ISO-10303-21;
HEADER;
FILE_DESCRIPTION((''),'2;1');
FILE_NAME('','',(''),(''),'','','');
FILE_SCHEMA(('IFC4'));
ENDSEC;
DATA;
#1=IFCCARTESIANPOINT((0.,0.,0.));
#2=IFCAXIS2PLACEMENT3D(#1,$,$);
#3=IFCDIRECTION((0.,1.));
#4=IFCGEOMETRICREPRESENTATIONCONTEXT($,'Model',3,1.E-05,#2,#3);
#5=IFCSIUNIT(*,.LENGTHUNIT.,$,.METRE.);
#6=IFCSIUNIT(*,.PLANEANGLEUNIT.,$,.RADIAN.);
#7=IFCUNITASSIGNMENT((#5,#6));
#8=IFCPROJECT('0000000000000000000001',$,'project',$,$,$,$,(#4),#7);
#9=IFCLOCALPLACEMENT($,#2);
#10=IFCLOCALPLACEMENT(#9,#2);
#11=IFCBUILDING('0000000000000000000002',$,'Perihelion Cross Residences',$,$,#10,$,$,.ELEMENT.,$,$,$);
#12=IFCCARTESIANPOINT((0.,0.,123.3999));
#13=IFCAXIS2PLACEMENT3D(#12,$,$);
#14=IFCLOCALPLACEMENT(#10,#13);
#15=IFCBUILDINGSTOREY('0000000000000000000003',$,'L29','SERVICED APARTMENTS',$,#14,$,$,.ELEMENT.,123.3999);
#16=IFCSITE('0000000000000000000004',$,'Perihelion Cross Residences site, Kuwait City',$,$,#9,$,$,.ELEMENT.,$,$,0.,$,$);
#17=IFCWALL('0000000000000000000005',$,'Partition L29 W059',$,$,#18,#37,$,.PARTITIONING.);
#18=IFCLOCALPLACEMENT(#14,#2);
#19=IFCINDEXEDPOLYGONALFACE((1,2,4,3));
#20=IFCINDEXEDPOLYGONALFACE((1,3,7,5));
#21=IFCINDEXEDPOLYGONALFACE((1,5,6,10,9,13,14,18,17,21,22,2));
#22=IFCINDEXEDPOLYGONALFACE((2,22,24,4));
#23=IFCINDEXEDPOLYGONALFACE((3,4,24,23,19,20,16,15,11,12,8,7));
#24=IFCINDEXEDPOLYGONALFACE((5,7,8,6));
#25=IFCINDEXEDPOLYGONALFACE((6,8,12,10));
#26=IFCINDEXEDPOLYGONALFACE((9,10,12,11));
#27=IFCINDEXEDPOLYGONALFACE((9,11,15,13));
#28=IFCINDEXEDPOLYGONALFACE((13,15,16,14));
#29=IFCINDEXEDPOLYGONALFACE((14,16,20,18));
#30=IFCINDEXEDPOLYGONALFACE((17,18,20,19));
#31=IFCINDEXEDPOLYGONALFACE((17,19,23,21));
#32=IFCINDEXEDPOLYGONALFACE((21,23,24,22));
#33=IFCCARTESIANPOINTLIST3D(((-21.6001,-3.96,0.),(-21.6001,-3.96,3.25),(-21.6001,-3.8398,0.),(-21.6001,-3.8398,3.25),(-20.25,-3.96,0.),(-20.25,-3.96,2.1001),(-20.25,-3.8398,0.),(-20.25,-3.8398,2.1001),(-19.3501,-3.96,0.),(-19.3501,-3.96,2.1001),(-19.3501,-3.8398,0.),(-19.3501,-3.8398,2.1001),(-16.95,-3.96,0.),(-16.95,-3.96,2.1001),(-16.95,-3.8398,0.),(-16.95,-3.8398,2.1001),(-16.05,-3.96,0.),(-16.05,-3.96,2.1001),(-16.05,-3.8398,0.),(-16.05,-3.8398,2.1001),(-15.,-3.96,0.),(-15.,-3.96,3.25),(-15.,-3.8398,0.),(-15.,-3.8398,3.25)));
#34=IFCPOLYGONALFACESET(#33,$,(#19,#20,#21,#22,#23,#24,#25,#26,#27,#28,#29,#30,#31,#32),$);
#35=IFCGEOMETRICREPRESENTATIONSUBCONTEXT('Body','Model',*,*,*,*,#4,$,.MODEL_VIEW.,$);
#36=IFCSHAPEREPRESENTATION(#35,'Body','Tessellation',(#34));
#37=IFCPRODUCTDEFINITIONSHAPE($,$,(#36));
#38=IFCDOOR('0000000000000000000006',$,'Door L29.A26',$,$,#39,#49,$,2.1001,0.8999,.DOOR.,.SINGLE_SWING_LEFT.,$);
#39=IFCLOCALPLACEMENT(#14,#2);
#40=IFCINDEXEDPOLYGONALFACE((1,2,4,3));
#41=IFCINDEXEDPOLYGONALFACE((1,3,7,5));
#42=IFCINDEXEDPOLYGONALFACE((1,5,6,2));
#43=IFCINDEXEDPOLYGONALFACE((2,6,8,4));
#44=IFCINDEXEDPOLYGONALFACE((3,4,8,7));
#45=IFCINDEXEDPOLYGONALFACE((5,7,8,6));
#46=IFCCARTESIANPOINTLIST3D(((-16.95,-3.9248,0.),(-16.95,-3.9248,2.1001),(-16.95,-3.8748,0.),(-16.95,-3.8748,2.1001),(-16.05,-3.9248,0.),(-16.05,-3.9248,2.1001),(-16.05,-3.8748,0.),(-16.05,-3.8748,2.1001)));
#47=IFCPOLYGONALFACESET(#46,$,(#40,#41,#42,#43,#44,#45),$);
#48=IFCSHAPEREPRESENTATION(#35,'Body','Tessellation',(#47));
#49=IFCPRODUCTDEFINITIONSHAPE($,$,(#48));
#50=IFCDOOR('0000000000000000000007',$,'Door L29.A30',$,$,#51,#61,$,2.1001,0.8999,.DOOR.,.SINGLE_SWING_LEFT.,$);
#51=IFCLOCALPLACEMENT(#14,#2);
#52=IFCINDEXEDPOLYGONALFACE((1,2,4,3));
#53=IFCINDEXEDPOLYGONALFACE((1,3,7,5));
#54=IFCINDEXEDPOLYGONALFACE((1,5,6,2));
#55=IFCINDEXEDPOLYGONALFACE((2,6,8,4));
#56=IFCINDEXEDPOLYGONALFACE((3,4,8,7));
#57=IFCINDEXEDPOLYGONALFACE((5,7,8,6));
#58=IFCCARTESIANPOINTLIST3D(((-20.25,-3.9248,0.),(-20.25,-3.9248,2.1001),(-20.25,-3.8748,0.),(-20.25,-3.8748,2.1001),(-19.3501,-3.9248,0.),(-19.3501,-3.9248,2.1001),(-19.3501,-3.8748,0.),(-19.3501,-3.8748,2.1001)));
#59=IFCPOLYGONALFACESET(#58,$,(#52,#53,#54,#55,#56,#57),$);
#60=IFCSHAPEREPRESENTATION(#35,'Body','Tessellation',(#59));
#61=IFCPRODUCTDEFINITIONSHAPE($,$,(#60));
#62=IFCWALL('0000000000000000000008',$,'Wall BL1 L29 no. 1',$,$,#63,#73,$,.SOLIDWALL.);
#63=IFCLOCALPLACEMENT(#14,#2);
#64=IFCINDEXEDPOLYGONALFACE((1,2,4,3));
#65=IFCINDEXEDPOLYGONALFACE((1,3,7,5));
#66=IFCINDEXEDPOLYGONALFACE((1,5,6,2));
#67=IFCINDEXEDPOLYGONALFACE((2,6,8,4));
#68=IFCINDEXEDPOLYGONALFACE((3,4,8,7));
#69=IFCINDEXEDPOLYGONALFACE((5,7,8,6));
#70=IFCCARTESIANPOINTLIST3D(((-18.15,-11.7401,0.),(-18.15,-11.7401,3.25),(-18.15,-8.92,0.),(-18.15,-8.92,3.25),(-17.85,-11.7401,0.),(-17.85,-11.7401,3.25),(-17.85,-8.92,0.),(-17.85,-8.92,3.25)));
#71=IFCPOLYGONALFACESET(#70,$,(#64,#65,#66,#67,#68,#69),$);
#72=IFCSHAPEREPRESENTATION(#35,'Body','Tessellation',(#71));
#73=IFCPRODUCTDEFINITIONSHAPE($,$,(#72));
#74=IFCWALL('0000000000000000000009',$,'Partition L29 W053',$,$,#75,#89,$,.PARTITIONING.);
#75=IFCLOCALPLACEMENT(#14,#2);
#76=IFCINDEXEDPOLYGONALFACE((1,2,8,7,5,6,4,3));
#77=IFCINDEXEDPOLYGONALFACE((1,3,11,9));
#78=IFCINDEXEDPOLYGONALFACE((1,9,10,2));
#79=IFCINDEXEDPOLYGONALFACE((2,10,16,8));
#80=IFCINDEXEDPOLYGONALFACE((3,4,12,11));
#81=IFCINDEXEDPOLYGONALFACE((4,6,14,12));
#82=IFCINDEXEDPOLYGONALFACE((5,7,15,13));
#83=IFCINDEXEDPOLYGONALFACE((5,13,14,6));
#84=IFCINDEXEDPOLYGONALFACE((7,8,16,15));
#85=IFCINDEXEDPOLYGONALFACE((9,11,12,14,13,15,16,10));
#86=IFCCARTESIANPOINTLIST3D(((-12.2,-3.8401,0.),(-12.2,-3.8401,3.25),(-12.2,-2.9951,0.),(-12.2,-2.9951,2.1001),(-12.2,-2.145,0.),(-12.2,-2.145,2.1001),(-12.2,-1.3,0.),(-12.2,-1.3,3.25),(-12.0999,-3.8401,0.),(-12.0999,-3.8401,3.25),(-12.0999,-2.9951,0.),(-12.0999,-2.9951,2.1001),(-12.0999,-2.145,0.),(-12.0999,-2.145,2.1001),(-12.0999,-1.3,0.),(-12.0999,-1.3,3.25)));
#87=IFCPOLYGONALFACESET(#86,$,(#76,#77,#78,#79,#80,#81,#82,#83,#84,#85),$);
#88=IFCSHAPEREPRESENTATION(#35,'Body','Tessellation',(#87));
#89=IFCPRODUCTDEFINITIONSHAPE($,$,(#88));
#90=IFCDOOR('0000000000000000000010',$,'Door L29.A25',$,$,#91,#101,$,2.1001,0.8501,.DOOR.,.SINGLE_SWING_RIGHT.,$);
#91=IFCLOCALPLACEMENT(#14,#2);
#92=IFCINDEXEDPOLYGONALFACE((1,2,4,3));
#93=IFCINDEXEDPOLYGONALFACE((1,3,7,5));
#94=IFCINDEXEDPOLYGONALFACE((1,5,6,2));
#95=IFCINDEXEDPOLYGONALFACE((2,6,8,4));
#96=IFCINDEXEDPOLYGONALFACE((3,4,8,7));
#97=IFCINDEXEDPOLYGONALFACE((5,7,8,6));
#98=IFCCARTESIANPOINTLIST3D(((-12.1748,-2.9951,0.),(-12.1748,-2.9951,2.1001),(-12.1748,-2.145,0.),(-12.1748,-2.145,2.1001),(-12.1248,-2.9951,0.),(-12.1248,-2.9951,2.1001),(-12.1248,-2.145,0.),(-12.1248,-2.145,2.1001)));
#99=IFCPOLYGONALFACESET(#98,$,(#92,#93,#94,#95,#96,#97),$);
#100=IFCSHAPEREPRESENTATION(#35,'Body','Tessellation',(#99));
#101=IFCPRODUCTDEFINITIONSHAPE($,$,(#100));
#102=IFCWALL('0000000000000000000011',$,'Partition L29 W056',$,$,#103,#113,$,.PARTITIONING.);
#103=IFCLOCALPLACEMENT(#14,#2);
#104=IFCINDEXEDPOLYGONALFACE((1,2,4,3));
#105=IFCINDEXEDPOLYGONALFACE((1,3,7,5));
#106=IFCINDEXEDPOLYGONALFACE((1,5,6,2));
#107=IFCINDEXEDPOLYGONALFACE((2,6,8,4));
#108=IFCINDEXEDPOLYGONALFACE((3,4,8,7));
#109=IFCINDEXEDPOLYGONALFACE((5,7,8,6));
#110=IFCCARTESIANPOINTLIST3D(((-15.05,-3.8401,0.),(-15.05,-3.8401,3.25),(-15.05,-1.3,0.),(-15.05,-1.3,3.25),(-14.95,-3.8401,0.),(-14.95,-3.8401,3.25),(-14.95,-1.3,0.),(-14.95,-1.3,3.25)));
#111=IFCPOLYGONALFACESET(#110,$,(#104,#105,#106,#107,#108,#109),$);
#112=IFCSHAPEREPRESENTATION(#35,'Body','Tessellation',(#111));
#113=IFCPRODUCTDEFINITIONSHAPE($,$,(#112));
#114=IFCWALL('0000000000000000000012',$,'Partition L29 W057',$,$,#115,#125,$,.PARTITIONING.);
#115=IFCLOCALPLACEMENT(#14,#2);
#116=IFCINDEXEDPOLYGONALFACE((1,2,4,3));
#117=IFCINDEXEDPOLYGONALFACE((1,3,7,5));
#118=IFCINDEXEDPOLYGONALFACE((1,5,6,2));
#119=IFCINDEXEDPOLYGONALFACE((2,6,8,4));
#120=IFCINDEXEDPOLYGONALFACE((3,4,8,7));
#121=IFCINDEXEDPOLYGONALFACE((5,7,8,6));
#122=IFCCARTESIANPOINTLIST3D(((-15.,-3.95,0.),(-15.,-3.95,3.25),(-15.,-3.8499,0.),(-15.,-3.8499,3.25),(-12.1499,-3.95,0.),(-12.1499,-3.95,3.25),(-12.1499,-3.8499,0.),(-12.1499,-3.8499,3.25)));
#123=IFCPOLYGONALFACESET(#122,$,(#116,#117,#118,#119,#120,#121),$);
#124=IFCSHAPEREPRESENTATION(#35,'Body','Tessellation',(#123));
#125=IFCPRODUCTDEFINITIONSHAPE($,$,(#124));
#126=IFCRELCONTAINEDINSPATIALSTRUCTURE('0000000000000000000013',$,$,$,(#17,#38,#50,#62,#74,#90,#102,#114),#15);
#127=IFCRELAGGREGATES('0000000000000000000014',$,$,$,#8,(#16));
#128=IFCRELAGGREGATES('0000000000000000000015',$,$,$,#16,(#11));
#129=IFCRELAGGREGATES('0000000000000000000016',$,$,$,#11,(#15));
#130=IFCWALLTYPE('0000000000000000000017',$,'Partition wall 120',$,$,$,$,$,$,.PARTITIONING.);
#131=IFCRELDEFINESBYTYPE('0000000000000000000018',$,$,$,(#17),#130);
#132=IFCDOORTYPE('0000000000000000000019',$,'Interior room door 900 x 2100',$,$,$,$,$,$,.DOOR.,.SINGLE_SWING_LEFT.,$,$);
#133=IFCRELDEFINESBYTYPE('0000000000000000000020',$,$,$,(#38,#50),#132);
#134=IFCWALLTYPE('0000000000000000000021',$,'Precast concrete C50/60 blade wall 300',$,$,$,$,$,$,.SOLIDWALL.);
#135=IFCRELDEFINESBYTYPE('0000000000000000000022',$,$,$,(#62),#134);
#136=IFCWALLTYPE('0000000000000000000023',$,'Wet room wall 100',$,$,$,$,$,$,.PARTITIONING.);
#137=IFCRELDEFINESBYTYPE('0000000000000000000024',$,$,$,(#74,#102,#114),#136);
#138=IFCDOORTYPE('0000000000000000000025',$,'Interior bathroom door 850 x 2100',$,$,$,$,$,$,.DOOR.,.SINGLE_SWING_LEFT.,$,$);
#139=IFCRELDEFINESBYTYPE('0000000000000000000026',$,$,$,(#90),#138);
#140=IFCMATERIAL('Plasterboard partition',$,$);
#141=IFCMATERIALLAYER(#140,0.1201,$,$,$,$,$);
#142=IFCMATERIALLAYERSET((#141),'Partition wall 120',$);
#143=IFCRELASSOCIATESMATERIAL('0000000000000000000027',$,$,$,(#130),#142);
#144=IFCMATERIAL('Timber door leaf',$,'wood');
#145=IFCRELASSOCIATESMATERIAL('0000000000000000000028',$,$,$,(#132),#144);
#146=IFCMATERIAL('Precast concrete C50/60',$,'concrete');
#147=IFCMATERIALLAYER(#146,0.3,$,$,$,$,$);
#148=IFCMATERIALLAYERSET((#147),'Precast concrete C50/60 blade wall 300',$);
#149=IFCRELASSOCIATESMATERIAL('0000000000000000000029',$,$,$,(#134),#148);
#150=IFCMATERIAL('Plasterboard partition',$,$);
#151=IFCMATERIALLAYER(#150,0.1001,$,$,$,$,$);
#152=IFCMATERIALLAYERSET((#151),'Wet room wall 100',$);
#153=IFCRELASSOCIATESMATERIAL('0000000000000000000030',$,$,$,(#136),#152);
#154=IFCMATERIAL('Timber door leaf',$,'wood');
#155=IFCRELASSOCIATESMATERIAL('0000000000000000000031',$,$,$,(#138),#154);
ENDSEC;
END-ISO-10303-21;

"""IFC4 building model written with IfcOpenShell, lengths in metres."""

from ifc_helpers import new_model, si_unit, direction, frame, frame_2d, origin, place, context, subcontext, project, spatial, rectangle, extrude, material, layer, layer_set, type_object, element, fill, save


model = new_model("IFC4")

# Units and contexts
model_context = context("Model", 3, precision=1e-05, world=origin(), true_north=direction((0.0, 1.0)))
body_context = subcontext(model_context, "Body", "Model", "MODEL_VIEW")
ifc_project = project(units=[si_unit("LENGTHUNIT", "METRE"), si_unit("PLANEANGLEUNIT", "RADIAN")], contexts=[model_context])

# Site, building, storey
site_placement = place(None, origin())
site = spatial("IfcSite", under=ifc_project, at=site_placement, Name="Perihelion Cross Residences site, Kuwait City", CompositionType="ELEMENT", RefElevation=0.0)
building_placement = place(site_placement, origin())
building = spatial("IfcBuilding", under=site, at=building_placement, Name="Perihelion Cross Residences", CompositionType="ELEMENT")
storey_placement = place(building_placement, frame((0.0, 0.0, 123.3999)))
storey = spatial("IfcBuildingStorey", under=building, at=storey_placement, Name="L29", Description="SERVICED APARTMENTS", CompositionType="ELEMENT", Elevation=123.3999)

# Shared definitions
ifc_material_1 = material(Name="Plasterboard partition")
ifc_layer_1 = layer(ifc_material_1, 0.1201)
ifc_layer_set_1 = layer_set([ifc_layer_1], Name="Partition wall 120")
wall_type_1 = type_object("IfcWallType", Name="Partition wall 120", PredefinedType="PARTITIONING", material=ifc_layer_set_1)
ifc_material_2 = material(Name="Timber door leaf", Category="wood")
door_type_1 = type_object("IfcDoorType", Name="Interior room door 900 x 2100", OperationType="SINGLE_SWING_LEFT", PredefinedType="DOOR", material=ifc_material_2)

# Wall, openings, doors
wall_1_placement = place(storey_placement, frame((-15.0, -3.8999, 0.0), z_axis=(0.0, 0.0, 1.0), x_axis=(-1.0, 0.0, 0.0)))
wall_1 = element("IfcWall", 1, at=wall_1_placement, inside=storey, type_object=wall_type_1, Name="Partition L29 W059", PredefinedType="PARTITIONING", context=body_context, shape_type="SweptSolid", body=[
    extrude(rectangle(XDim=6.6001, YDim=0.1201, at=frame_2d((3.3, 0.0))), origin(), (0.0, 0.0, 1.0), 3.25),
])
opening_1_placement = place(wall_1_placement, frame((1.05, 0.0, 0.0)))
opening_1 = element("IfcOpeningElement", 2, at=opening_1_placement, cuts=wall_1, PredefinedType="OPENING", context=body_context, shape_type="SweptSolid", body=[
    extrude(rectangle(XDim=0.8999, YDim=2.1001, at=frame_2d((0.45, 1.05))), frame((0.0, 0.0701, 0.0), z_axis=(0.0, -1.0, 0.0), x_axis=(1.0, 0.0, 0.0)), (0.0, 0.0, 1.0), 0.1401),
])
opening_2_placement = place(wall_1_placement, frame((4.3501, 0.0, 0.0)))
opening_2 = element("IfcOpeningElement", 3, at=opening_2_placement, cuts=wall_1, PredefinedType="OPENING", context=body_context, shape_type="SweptSolid", body=[
    extrude(rectangle(XDim=0.8999, YDim=2.1001, at=frame_2d((0.45, 1.05))), frame((0.0, 0.0701, 0.0), z_axis=(0.0, -1.0, 0.0), x_axis=(1.0, 0.0, 0.0)), (0.0, 0.0, 1.0), 0.1401),
])
door_1_placement = place(opening_1_placement, origin())
door_1 = element("IfcDoor", 4, at=door_1_placement, inside=storey, type_object=door_type_1, Name="Door L29.A26", OperationType="SINGLE_SWING_LEFT", OverallHeight=2.1001, OverallWidth=0.8999, PredefinedType="DOOR", context=body_context, shape_type="SweptSolid", body=[
    extrude(rectangle(XDim=0.8999, YDim=2.1001, at=frame_2d((0.45, 1.05))), frame((0.0, 0.0249, 0.0), z_axis=(0.0, -1.0, 0.0), x_axis=(1.0, 0.0, 0.0)), (0.0, 0.0, 1.0), 0.05),
])
fill(opening_1, door_1)
door_2_placement = place(opening_2_placement, origin())
door_2 = element("IfcDoor", 5, at=door_2_placement, inside=storey, type_object=door_type_1, Name="Door L29.A30", OperationType="SINGLE_SWING_LEFT", OverallHeight=2.1001, OverallWidth=0.8999, PredefinedType="DOOR", context=body_context, shape_type="SweptSolid", body=[
    extrude(rectangle(XDim=0.8999, YDim=2.1001, at=frame_2d((0.45, 1.05))), frame((0.0, 0.0249, 0.0), z_axis=(0.0, -1.0, 0.0), x_axis=(1.0, 0.0, 0.0)), (0.0, 0.0, 1.0), 0.05),
])
fill(opening_2, door_2)

# Wall
ifc_material_3 = material(Name="Precast concrete C50/60", Category="concrete")
ifc_layer_2 = layer(ifc_material_3, 0.3)
ifc_layer_set_2 = layer_set([ifc_layer_2], Name="Precast concrete C50/60 blade wall 300")
wall_type_2 = type_object("IfcWallType", Name="Precast concrete C50/60 blade wall 300", PredefinedType="SOLIDWALL", material=ifc_layer_set_2)
wall_2_placement = place(storey_placement, frame((-18.0, -8.9199, 0.0), z_axis=(0.0, 0.0, 1.0), x_axis=(0.0, -1.0, 0.0)))
element("IfcWall", 6, at=wall_2_placement, inside=storey, type_object=wall_type_2, Name="Wall BL1 L29 no. 1", PredefinedType="SOLIDWALL", context=body_context, shape_type="SweptSolid", body=[
    extrude(rectangle(XDim=2.8201, YDim=0.3, at=frame_2d((1.4102, 0.0))), origin(), (0.0, 0.0, 1.0), 3.25),
])

# Wall, opening, door
ifc_material_4 = material(Name="Plasterboard partition")
ifc_layer_3 = layer(ifc_material_4, 0.1001)
ifc_layer_set_3 = layer_set([ifc_layer_3], Name="Wet room wall 100")
wall_type_3 = type_object("IfcWallType", Name="Wet room wall 100", PredefinedType="PARTITIONING", material=ifc_layer_set_3)
wall_3_placement = place(storey_placement, frame((-12.1499, -3.8401, 0.0), z_axis=(0.0, 0.0, 1.0), x_axis=(0.0, 1.0, 0.0)))
wall_3 = element("IfcWall", 7, at=wall_3_placement, inside=storey, type_object=wall_type_3, Name="Partition L29 W053", PredefinedType="PARTITIONING", context=body_context, shape_type="SweptSolid", body=[
    extrude(rectangle(XDim=2.54, YDim=0.1001, at=frame_2d((1.27, 0.0))), origin(), (0.0, 0.0, 1.0), 3.25),
])
opening_3_placement = place(wall_3_placement, frame((0.845, 0.0, 0.0)))
opening_3 = element("IfcOpeningElement", 8, at=opening_3_placement, cuts=wall_3, PredefinedType="OPENING", context=body_context, shape_type="SweptSolid", body=[
    extrude(rectangle(XDim=0.8501, YDim=2.1001, at=frame_2d((0.425, 1.05))), frame((0.0, 0.0601, 0.0), z_axis=(0.0, -1.0, 0.0), x_axis=(1.0, 0.0, 0.0)), (0.0, 0.0, 1.0), 0.1201),
])
ifc_material_5 = material(Name="Timber door leaf", Category="wood")
door_type_2 = type_object("IfcDoorType", Name="Interior bathroom door 850 x 2100", OperationType="SINGLE_SWING_LEFT", PredefinedType="DOOR", material=ifc_material_5)
door_3_placement = place(opening_3_placement, origin())
door_3 = element("IfcDoor", 9, at=door_3_placement, inside=storey, type_object=door_type_2, Name="Door L29.A25", OperationType="SINGLE_SWING_RIGHT", OverallHeight=2.1001, OverallWidth=0.8501, PredefinedType="DOOR", context=body_context, shape_type="SweptSolid", body=[
    extrude(rectangle(XDim=0.8501, YDim=2.1001, at=frame_2d((0.425, 1.05))), frame((0.0, 0.0249, 0.0), z_axis=(0.0, -1.0, 0.0), x_axis=(1.0, 0.0, 0.0)), (0.0, 0.0, 1.0), 0.05),
])
fill(opening_3, door_3)

# Walls
wall_4_placement = place(storey_placement, frame((-15.0, -3.8401, 0.0), z_axis=(0.0, 0.0, 1.0), x_axis=(0.0, 1.0, 0.0)))
element("IfcWall", 10, at=wall_4_placement, inside=storey, type_object=wall_type_3, Name="Partition L29 W056", PredefinedType="PARTITIONING", context=body_context, shape_type="SweptSolid", body=[
    extrude(rectangle(XDim=2.54, YDim=0.1001, at=frame_2d((1.27, 0.0))), origin(), (0.0, 0.0, 1.0), 3.25),
])
wall_5_placement = place(storey_placement, frame((-12.1499, -3.8999, 0.0), z_axis=(0.0, 0.0, 1.0), x_axis=(-1.0, 0.0, 0.0)))
element("IfcWall", 11, at=wall_5_placement, inside=storey, type_object=wall_type_3, Name="Partition L29 W057", PredefinedType="PARTITIONING", context=body_context, shape_type="SweptSolid", body=[
    extrude(rectangle(XDim=2.8501, YDim=0.1001, at=frame_2d((1.425, 0.0))), origin(), (0.0, 0.0, 1.0), 3.25),
])

save(model, "model.ifc")
